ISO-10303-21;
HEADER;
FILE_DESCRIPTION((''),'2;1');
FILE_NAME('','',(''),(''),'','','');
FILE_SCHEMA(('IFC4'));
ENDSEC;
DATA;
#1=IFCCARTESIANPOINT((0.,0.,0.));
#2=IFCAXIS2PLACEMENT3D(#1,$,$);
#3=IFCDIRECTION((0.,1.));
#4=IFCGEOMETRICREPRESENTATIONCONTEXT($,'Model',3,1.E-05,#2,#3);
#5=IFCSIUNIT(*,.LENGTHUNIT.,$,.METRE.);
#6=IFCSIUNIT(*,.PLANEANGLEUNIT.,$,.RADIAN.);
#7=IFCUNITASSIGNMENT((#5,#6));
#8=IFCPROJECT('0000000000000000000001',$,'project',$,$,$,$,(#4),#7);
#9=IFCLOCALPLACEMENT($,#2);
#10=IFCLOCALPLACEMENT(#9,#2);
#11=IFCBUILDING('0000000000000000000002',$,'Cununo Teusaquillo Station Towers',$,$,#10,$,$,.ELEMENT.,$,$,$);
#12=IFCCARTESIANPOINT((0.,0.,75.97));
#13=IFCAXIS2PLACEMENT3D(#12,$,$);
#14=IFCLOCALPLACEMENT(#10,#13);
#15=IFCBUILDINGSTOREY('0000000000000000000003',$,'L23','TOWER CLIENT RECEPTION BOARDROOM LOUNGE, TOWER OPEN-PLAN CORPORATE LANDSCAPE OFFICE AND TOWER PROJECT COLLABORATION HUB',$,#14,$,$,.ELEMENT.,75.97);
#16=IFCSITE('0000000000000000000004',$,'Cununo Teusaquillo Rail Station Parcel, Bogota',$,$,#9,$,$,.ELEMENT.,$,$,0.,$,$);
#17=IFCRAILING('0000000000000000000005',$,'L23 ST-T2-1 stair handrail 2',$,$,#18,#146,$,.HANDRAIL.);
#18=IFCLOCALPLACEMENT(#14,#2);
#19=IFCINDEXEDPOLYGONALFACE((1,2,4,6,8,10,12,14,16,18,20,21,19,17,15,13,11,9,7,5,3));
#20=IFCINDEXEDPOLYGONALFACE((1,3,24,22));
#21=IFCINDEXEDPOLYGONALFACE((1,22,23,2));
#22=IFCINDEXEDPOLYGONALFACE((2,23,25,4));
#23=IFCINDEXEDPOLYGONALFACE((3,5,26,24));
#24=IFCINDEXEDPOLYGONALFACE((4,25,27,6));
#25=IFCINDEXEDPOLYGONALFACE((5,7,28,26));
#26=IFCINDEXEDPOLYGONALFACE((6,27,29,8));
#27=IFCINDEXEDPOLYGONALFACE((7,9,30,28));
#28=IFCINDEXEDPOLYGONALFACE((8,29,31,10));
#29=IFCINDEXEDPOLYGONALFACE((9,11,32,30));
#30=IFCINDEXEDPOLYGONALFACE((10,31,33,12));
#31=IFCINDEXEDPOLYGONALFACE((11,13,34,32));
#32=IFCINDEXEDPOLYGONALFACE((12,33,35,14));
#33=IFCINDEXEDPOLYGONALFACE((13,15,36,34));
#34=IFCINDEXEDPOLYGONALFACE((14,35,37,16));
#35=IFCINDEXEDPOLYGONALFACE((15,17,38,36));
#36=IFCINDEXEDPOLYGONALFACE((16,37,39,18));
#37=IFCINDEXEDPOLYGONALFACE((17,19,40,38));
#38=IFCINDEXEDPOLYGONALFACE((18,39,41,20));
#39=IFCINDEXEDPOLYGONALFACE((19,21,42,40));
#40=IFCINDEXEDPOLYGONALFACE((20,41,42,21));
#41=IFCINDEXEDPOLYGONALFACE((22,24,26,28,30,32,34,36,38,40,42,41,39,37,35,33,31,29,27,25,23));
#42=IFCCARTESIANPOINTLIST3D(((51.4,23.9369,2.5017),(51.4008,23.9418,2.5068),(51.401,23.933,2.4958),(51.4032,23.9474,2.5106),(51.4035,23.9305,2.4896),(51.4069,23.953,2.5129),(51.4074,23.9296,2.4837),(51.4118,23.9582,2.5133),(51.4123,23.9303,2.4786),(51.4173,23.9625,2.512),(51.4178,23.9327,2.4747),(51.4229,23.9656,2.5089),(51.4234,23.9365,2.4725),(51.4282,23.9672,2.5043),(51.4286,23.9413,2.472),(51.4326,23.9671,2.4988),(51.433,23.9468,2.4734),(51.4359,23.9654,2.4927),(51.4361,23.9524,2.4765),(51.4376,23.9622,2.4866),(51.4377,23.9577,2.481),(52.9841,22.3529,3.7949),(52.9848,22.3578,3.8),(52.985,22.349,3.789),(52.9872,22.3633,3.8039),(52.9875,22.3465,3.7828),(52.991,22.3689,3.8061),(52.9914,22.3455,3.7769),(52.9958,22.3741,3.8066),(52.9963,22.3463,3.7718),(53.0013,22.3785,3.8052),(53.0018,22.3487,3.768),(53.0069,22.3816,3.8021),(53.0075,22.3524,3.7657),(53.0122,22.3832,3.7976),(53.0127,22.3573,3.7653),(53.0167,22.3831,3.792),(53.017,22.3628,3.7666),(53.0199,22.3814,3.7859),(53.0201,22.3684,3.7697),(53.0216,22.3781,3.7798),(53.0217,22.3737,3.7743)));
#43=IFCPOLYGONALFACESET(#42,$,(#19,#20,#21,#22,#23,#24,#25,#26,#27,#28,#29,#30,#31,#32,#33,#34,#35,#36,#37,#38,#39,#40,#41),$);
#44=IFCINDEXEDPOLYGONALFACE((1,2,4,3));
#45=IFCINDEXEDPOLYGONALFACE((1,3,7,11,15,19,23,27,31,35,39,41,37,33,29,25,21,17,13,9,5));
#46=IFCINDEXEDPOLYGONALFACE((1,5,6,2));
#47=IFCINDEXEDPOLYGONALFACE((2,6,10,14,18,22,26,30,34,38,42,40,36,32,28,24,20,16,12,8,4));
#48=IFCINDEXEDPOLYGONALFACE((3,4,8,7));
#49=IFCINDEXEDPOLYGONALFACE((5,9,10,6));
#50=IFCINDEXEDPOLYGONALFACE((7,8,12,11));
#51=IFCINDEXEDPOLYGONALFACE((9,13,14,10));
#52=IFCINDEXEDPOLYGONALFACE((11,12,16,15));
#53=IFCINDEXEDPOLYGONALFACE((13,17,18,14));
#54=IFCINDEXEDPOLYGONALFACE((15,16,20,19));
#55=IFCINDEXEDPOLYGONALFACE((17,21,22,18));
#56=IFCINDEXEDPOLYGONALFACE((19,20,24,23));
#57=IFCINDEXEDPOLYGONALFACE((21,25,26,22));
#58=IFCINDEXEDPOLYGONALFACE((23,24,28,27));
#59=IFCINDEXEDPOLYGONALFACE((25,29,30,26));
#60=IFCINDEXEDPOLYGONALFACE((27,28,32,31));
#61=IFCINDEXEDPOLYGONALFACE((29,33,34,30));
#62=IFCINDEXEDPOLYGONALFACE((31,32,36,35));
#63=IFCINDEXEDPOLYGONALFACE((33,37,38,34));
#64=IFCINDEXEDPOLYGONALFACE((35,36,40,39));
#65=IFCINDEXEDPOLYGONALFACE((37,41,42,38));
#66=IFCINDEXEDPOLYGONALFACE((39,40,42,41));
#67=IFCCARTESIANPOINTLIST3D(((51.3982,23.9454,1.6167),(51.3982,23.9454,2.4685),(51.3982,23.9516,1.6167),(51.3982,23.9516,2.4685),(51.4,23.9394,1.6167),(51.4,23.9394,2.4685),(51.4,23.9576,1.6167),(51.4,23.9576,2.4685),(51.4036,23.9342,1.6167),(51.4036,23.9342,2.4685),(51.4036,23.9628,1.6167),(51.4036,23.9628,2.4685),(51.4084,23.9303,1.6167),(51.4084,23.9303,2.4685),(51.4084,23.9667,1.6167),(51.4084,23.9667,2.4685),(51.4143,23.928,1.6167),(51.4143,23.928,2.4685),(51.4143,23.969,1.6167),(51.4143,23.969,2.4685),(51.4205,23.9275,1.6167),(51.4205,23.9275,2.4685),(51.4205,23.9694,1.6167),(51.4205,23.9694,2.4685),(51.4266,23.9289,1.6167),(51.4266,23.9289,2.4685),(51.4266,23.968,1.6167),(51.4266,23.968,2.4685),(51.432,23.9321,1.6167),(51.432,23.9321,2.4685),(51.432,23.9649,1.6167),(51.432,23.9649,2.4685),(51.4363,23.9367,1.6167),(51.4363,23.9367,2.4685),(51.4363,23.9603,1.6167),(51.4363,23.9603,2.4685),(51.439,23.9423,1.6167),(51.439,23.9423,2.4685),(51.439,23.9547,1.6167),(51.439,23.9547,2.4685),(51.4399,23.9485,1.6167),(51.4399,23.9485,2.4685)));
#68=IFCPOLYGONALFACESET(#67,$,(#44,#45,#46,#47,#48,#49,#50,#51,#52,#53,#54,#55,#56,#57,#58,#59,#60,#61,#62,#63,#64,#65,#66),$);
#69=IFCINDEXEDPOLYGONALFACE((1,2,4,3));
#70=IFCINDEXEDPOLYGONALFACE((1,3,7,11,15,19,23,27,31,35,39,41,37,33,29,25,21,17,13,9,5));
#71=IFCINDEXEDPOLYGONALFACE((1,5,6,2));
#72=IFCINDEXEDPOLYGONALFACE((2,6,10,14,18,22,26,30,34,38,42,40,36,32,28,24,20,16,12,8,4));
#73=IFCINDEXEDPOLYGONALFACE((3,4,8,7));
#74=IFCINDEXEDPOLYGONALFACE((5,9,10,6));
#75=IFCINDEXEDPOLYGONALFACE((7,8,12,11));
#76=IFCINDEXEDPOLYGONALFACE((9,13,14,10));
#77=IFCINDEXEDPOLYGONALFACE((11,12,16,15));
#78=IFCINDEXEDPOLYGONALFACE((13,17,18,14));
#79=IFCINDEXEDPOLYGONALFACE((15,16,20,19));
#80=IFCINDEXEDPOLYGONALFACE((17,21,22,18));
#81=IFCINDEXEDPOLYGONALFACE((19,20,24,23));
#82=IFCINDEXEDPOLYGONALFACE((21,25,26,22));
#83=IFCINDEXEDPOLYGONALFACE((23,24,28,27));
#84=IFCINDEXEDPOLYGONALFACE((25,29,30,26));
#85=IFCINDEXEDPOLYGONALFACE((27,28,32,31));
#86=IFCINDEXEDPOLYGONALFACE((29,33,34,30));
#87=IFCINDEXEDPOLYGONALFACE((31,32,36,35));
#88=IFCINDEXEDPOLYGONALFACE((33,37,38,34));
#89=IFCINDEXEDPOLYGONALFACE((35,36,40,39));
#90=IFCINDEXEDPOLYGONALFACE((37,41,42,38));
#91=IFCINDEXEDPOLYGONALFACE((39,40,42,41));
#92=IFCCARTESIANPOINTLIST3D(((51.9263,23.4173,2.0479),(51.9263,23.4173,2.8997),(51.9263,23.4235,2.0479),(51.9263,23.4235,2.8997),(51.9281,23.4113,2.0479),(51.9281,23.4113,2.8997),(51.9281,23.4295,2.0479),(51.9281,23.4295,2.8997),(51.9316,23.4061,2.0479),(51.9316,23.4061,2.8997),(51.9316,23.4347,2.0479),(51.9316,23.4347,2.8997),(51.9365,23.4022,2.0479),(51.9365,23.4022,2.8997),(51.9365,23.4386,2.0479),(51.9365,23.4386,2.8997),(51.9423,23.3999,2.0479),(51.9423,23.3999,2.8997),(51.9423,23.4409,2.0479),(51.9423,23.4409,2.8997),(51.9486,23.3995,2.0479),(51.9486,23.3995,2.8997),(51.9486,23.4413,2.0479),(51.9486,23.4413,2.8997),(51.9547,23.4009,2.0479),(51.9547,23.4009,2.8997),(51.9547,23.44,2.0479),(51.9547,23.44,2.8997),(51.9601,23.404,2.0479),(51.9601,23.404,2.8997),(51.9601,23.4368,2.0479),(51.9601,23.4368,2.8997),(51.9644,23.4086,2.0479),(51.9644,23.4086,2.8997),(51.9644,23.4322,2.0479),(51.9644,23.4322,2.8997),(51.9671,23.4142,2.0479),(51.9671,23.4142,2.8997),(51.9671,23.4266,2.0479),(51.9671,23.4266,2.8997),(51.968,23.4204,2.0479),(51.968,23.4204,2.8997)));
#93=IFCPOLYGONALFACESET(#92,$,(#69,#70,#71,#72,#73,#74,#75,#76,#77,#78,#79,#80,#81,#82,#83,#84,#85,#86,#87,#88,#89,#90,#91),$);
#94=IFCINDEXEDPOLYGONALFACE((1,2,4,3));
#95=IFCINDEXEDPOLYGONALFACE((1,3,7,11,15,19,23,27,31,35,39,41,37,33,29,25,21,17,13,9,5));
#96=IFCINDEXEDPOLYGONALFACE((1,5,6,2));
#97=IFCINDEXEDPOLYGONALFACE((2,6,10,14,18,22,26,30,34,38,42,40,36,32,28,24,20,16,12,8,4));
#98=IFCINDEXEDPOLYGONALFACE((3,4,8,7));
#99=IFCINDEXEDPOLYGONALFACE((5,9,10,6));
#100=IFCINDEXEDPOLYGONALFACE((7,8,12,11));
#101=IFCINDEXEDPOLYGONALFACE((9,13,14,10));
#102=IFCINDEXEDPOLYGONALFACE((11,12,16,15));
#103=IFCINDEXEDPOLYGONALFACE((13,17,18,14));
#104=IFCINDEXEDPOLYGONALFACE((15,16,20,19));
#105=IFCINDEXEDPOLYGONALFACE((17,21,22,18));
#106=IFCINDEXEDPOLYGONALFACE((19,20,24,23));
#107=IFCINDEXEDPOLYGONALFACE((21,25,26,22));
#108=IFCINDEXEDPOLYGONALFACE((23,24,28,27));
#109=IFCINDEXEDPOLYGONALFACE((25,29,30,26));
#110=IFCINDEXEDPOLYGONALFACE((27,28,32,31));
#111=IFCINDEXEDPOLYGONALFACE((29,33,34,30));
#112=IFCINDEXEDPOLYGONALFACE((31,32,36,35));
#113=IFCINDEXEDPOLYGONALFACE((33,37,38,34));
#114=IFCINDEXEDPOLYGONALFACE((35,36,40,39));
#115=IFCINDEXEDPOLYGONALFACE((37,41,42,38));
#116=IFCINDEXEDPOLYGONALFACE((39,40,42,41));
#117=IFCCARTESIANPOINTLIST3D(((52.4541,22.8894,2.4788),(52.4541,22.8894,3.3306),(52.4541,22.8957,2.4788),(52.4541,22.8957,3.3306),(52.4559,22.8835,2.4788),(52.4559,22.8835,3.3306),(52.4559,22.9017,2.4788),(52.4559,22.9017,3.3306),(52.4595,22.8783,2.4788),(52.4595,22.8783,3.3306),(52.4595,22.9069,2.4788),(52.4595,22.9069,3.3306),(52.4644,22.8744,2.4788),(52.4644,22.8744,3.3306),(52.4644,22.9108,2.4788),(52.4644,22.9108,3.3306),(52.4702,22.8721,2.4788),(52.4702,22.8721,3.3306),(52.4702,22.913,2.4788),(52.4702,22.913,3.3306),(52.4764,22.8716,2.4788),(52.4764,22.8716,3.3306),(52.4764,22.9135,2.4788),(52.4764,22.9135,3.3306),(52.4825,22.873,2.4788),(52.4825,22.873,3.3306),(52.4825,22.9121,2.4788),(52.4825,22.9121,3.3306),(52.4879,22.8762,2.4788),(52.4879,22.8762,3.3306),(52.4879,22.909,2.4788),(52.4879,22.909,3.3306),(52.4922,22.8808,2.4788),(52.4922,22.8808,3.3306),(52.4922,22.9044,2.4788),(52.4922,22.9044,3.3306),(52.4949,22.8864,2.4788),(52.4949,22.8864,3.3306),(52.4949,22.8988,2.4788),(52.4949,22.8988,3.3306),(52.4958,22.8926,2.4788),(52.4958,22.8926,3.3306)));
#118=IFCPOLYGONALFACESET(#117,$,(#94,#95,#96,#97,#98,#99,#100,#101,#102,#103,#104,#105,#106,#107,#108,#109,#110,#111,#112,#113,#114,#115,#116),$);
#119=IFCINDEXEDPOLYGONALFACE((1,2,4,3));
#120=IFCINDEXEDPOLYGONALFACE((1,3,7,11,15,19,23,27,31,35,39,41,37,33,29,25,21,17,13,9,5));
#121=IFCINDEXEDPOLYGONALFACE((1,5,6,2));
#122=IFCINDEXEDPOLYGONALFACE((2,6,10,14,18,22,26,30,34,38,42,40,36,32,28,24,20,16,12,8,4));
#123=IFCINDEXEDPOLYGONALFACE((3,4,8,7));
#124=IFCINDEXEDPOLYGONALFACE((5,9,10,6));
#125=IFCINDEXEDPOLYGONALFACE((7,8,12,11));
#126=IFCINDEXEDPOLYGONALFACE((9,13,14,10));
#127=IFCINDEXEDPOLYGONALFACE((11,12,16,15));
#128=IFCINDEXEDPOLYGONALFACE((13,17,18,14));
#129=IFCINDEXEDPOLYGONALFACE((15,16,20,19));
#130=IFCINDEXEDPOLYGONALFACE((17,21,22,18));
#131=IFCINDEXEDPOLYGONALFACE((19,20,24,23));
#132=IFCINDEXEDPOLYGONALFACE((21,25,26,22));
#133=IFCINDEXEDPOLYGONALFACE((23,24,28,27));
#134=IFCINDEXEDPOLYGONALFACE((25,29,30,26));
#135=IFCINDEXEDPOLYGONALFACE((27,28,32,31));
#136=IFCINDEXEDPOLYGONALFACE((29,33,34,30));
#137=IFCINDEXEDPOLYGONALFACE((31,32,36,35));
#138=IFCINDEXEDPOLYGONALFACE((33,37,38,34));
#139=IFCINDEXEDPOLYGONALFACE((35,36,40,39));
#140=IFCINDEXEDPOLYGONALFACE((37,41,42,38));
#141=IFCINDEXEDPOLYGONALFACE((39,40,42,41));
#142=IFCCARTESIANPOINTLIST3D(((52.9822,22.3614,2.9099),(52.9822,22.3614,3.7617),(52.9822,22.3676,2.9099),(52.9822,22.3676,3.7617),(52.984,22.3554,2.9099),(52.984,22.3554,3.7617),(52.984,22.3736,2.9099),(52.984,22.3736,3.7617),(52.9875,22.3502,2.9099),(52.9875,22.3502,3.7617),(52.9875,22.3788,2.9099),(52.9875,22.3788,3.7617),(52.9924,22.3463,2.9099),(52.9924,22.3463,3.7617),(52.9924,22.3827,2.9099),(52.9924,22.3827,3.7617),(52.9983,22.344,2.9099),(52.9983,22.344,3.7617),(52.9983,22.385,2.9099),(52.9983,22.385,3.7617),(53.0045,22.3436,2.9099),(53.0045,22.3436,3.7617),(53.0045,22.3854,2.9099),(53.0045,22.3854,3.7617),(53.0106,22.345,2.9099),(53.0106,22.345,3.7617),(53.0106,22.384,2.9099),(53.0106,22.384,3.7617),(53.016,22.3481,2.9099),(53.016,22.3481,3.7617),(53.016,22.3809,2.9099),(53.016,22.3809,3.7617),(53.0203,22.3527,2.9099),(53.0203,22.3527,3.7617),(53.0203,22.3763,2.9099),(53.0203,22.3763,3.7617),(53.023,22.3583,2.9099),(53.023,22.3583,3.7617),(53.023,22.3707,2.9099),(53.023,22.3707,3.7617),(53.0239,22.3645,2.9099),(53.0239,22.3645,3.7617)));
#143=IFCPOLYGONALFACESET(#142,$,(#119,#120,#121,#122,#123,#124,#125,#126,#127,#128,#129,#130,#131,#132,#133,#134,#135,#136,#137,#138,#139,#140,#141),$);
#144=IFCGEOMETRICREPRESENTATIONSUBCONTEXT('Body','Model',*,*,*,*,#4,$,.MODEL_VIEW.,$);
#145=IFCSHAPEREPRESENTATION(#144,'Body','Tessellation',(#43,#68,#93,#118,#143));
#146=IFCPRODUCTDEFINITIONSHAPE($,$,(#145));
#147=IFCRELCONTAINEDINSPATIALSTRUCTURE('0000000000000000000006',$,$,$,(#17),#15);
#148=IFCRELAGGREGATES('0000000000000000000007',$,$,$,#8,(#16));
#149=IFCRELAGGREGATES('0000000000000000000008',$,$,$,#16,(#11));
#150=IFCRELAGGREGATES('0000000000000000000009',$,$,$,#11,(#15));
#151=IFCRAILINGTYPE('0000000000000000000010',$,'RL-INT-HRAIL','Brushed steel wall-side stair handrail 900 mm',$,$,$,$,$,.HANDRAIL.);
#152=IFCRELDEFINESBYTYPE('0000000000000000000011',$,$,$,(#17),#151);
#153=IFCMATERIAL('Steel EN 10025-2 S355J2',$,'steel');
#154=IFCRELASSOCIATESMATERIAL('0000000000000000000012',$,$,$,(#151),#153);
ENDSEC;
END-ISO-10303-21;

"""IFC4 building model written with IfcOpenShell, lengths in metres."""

from ifc_helpers import new_model, si_unit, direction, frame, origin, origin_2d, place, context, subcontext, project, spatial, circle, extrude, material, type_object, element, save


model = new_model("IFC4")

# Units and contexts
model_context = context("Model", 3, precision=1e-05, world=origin(), true_north=direction((0.0, 1.0)))
body_context = subcontext(model_context, "Body", "Model", "MODEL_VIEW")
ifc_project = project(units=[si_unit("LENGTHUNIT", "METRE"), si_unit("PLANEANGLEUNIT", "RADIAN")], contexts=[model_context])

# Site, building, storey
site_placement = place(None, origin())
site = spatial("IfcSite", under=ifc_project, at=site_placement, Name="Cununo Teusaquillo Rail Station Parcel, Bogota", CompositionType="ELEMENT", RefElevation=0.0)
building_placement = place(site_placement, origin())
building = spatial("IfcBuilding", under=site, at=building_placement, Name="Cununo Teusaquillo Station Towers", CompositionType="ELEMENT")
storey_placement = place(building_placement, frame((0.0, 0.0, 75.97)))
storey = spatial("IfcBuildingStorey", under=building, at=storey_placement, Name="L23", Description="TOWER CLIENT RECEPTION BOARDROOM LOUNGE, TOWER OPEN-PLAN CORPORATE LANDSCAPE OFFICE AND TOWER PROJECT COLLABORATION HUB", CompositionType="ELEMENT", Elevation=75.97)

# Railing
ifc_material_1 = material(Name="Steel EN 10025-2 S355J2", Category="steel")
railing_type_1 = type_object("IfcRailingType", Name="RL-INT-HRAIL", Description="Brushed steel wall-side stair handrail 900 mm", PredefinedType="HANDRAIL", material=ifc_material_1)
railing_1_placement = place(storey_placement, frame((51.4189, 23.9485, 1.6167)))
element("IfcRailing", 1, at=railing_1_placement, inside=storey, type_object=railing_type_1, Name="L23 ST-T2-1 stair handrail 2", PredefinedType="HANDRAIL", context=body_context, shape_type="SweptSolid", body=[
    extrude(circle(Radius=0.0239, at=origin_2d()), frame((0.0, 0.0, 0.876), z_axis=(0.612385, -0.612385, 0.49997), x_axis=(0.707107, 0.707107, 0.0)), (0.0, 0.0, 1.0), 2.5867),
    extrude(circle(Radius=0.021, at=origin_2d()), origin(), (0.0, 0.0, 1.0), 0.8518),
    extrude(circle(Radius=0.021, at=origin_2d()), frame((0.5281, -0.5281, 0.4312)), (0.0, 0.0, 1.0), 0.8518),
    extrude(circle(Radius=0.021, at=origin_2d()), frame((1.0559, -1.0559, 0.8621)), (0.0, 0.0, 1.0), 0.8518),
    extrude(circle(Radius=0.021, at=origin_2d()), frame((1.584, -1.584, 1.2932)), (0.0, 0.0, 1.0), 0.8518),
])

save(model, "model.ifc")
